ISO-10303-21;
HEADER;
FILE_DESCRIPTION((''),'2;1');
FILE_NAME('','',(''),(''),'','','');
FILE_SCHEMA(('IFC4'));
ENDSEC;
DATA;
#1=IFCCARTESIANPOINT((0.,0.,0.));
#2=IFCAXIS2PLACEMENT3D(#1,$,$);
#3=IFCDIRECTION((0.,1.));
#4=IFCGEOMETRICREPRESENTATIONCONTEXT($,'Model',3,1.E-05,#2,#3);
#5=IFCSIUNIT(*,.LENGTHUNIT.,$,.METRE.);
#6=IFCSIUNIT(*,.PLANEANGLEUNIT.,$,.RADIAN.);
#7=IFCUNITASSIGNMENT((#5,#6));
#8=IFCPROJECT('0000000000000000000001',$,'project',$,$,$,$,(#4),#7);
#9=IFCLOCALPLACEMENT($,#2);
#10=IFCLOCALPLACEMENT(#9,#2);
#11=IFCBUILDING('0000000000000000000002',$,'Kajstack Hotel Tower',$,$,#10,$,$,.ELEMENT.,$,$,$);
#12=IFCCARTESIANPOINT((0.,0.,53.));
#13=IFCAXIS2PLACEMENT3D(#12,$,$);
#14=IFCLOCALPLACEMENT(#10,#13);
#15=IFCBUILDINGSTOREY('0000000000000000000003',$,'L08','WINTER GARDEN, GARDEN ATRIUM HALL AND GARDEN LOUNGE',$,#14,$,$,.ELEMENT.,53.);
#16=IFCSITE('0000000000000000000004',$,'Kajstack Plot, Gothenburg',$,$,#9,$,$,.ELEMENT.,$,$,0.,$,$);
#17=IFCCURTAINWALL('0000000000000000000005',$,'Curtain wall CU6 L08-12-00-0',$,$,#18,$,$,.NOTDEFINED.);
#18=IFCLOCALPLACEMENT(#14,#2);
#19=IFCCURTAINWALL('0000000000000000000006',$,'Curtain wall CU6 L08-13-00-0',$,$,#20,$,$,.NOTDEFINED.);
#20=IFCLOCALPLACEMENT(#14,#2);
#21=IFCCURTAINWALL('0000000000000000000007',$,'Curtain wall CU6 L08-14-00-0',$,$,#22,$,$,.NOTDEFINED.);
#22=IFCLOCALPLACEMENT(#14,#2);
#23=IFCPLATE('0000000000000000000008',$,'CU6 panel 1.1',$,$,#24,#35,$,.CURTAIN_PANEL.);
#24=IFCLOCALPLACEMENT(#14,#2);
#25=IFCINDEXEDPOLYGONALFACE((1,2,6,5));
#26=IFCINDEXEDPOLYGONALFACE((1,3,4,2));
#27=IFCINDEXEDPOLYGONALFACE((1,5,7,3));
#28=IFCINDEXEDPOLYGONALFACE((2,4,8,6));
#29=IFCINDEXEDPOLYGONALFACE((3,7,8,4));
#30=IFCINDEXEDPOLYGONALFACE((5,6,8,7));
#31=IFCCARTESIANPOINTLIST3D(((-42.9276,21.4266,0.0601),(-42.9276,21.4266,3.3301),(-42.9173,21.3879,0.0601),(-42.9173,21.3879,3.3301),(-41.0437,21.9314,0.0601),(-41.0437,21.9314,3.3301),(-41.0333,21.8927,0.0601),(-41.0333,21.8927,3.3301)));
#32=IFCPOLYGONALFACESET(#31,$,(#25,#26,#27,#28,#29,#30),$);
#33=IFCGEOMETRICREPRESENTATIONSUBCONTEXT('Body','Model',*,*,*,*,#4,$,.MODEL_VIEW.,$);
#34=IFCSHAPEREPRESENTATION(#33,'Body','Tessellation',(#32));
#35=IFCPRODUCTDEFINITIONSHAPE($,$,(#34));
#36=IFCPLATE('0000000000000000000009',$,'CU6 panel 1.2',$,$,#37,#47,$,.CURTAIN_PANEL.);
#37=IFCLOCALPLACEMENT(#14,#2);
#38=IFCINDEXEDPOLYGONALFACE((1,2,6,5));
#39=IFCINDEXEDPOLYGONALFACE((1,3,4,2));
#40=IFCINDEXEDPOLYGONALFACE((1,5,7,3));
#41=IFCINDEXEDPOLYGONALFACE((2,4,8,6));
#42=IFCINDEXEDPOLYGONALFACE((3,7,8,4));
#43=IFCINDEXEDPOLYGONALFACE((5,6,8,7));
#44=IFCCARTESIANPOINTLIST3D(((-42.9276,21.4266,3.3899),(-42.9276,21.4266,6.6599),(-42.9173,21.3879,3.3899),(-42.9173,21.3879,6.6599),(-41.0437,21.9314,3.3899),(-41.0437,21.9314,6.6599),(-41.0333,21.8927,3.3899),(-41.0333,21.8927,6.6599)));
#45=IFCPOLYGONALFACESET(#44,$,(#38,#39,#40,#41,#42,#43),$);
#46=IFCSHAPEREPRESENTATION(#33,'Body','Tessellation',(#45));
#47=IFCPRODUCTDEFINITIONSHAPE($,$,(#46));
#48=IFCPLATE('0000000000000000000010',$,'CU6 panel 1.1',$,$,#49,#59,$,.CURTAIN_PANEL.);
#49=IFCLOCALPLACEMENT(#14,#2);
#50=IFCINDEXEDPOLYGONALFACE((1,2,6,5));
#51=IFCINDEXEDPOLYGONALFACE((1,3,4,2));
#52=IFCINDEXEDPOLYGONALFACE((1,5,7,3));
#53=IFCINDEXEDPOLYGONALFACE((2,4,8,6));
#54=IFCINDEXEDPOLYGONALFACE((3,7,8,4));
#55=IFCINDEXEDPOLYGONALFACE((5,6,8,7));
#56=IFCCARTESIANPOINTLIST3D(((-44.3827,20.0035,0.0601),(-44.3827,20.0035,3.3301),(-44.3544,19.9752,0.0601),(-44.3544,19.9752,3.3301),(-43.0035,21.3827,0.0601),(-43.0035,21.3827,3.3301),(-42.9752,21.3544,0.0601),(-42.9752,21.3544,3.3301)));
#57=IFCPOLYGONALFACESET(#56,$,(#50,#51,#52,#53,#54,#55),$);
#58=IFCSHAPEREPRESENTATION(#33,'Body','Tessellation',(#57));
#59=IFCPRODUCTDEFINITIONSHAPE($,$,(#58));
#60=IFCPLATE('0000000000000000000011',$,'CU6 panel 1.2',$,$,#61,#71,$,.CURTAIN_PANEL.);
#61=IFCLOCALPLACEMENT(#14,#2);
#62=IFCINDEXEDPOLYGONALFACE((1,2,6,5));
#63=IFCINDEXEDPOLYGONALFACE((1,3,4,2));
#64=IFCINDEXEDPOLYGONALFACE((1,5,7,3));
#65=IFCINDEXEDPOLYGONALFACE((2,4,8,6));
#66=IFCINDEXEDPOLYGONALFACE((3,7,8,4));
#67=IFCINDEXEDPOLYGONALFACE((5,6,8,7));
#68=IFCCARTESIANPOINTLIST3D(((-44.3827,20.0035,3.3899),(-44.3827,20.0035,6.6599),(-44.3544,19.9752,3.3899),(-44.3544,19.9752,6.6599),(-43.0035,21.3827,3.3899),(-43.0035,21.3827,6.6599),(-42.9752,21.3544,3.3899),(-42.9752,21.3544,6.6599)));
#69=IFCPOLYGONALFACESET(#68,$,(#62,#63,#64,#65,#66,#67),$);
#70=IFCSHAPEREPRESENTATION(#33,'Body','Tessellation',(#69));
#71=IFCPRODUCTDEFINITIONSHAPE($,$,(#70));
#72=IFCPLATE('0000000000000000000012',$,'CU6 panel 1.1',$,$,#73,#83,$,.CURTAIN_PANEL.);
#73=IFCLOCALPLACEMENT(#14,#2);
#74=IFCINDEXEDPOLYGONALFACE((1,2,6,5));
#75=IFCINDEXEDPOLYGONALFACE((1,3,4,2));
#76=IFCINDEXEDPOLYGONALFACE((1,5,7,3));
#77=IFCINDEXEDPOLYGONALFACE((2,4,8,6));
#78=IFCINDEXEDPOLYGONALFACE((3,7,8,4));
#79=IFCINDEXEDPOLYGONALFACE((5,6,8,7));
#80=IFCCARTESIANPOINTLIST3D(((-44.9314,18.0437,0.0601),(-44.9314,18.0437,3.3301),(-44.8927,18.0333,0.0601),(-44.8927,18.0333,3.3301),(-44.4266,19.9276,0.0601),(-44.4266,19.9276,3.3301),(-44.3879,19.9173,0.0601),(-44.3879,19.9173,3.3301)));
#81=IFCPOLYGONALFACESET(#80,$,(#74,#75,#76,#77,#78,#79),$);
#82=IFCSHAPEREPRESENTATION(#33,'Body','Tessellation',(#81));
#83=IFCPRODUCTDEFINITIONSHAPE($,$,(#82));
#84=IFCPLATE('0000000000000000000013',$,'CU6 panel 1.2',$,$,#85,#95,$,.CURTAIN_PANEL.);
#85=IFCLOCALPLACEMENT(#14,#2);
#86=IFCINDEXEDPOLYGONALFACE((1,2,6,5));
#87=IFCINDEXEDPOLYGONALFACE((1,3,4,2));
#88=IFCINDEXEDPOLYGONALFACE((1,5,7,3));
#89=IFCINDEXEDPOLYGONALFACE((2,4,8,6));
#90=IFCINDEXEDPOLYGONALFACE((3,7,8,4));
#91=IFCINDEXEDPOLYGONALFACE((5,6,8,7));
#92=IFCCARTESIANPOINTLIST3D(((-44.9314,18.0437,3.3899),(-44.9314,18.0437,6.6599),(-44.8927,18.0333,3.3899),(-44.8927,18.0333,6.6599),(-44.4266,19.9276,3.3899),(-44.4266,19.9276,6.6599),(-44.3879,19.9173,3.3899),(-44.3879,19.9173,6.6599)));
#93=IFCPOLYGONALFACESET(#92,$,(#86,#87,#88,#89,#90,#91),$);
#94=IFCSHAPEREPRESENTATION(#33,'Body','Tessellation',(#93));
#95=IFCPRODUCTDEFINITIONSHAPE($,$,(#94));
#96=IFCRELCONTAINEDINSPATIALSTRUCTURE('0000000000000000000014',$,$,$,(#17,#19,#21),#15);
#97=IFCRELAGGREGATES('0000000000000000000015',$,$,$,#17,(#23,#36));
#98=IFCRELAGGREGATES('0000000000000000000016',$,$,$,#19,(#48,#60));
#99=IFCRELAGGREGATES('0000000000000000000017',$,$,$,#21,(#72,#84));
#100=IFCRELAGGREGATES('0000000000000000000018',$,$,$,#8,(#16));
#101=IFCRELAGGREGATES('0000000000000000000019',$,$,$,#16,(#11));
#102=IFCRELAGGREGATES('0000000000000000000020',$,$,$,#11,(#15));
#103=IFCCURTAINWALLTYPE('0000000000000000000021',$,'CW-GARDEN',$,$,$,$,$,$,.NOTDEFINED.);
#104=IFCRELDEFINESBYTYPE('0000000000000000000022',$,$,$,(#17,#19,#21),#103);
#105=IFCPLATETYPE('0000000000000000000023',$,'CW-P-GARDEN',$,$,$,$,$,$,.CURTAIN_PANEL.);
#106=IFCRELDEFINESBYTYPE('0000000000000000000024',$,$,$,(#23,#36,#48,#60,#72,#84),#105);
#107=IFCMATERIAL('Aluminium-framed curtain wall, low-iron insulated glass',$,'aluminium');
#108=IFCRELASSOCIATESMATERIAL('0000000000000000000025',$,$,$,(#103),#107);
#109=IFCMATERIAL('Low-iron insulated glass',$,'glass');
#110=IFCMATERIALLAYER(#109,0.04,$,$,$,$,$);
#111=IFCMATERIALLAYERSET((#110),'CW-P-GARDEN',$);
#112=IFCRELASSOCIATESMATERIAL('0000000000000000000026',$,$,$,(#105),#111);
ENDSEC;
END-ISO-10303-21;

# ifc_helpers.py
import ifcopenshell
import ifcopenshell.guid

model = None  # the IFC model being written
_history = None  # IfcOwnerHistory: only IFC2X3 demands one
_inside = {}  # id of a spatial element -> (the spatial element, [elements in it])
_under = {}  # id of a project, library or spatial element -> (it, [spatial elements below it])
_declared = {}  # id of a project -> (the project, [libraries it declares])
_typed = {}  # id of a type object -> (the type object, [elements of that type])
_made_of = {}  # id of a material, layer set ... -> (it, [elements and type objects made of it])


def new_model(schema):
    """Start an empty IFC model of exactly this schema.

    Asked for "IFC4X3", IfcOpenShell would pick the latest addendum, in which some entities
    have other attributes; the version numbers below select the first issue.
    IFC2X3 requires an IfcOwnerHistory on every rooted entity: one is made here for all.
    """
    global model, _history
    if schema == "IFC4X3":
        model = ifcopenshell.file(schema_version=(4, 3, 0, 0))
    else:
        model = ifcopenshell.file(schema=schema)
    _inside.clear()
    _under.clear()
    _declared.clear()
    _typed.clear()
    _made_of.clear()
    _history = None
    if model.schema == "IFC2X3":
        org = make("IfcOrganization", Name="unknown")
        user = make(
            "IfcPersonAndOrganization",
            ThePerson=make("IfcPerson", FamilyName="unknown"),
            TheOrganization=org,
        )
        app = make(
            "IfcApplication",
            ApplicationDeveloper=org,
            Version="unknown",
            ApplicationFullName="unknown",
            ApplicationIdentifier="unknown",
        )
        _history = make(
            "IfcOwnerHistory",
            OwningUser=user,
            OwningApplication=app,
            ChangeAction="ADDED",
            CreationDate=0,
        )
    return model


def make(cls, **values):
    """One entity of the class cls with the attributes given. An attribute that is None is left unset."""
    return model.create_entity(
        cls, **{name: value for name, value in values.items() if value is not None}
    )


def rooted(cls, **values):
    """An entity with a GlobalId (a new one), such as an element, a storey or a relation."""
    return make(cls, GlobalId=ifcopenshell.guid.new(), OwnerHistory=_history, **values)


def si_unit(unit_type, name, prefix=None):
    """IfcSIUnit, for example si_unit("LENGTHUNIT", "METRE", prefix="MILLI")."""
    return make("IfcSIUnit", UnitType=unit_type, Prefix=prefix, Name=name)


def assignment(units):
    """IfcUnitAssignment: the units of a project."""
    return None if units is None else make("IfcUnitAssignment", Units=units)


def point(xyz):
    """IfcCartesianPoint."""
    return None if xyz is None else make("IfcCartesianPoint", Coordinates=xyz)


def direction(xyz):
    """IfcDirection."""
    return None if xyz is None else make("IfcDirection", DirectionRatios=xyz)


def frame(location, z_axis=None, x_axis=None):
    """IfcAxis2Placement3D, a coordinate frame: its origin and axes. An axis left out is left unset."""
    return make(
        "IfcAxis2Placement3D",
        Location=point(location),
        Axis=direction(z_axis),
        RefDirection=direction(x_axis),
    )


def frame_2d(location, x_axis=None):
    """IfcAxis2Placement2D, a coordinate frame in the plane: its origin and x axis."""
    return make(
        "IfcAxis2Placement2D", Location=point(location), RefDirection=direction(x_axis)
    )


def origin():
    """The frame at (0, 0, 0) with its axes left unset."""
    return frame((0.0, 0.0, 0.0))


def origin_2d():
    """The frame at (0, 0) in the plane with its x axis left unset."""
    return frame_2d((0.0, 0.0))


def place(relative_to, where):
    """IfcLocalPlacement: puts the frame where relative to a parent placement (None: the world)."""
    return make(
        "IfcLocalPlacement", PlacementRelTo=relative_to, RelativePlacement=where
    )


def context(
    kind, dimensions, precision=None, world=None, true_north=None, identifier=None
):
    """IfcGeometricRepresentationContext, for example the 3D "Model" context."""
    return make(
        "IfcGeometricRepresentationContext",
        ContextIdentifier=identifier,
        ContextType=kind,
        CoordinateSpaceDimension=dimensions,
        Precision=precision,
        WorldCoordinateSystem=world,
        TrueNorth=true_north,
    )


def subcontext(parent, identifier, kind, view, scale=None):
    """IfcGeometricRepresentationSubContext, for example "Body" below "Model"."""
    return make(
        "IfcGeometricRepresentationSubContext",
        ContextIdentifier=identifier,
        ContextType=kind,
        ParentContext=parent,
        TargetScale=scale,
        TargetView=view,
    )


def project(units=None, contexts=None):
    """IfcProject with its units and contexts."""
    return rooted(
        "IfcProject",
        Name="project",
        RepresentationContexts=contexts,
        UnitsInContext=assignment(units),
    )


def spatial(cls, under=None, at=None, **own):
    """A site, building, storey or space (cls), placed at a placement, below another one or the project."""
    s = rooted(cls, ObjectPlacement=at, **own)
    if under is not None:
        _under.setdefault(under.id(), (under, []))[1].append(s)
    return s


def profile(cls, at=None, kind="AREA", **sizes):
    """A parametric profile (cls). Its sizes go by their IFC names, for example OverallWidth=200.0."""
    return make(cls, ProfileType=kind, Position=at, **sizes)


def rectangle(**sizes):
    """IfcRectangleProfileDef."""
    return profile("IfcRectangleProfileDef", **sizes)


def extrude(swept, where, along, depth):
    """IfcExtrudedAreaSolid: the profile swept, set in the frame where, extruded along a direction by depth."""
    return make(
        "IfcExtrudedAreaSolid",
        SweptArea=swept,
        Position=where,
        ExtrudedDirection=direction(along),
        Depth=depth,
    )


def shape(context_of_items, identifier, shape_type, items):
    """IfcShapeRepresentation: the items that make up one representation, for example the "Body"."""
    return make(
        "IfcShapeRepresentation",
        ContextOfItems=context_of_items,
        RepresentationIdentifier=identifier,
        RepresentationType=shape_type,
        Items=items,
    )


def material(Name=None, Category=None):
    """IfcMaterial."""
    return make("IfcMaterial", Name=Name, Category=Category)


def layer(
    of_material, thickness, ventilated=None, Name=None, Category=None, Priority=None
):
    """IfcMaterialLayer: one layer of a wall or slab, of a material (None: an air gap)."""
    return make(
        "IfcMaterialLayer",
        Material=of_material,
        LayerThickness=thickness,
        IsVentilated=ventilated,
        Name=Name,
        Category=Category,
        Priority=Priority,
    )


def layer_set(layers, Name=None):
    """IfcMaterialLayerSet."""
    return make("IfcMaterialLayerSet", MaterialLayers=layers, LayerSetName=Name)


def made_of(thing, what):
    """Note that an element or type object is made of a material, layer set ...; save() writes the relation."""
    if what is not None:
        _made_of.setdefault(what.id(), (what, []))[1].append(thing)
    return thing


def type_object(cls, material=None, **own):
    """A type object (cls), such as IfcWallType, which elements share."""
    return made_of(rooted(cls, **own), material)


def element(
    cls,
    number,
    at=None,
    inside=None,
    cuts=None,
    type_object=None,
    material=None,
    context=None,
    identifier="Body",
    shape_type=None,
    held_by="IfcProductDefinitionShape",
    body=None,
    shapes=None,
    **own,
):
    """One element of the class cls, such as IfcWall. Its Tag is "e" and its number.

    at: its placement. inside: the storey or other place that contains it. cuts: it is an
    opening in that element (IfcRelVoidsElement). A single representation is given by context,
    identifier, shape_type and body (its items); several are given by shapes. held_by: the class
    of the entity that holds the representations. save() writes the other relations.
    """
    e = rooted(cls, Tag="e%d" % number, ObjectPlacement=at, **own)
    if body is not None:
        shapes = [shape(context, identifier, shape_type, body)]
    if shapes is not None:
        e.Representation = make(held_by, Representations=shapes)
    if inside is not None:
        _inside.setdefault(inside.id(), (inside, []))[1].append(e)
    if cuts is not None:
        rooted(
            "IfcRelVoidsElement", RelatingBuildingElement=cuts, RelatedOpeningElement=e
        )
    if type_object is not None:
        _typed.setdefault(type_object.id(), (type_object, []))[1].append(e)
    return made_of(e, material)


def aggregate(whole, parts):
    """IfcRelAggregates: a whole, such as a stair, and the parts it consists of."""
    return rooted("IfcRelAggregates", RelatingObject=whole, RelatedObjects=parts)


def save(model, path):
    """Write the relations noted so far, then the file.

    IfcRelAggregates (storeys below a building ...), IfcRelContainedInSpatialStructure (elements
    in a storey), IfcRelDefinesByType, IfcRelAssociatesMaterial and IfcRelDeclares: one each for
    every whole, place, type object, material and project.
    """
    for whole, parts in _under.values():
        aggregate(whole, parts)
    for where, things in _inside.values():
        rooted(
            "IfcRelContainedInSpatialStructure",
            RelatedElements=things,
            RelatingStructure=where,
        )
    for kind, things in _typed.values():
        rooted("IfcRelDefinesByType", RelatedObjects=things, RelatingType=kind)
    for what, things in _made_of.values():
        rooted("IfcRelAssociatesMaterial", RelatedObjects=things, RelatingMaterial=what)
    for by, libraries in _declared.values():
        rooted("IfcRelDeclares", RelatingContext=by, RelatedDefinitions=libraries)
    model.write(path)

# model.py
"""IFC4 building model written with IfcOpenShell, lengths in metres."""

from ifc_helpers import new_model, si_unit, direction, frame, origin, origin_2d, place, context, subcontext, project, spatial, rectangle, extrude, material, layer, layer_set, type_object, element, aggregate, save


model = new_model("IFC4")

# Units and contexts
model_context = context("Model", 3, precision=1e-05, world=origin(), true_north=direction((0.0, 1.0)))
body_context = subcontext(model_context, "Body", "Model", "MODEL_VIEW")
ifc_project = project(units=[si_unit("LENGTHUNIT", "METRE"), si_unit("PLANEANGLEUNIT", "RADIAN")], contexts=[model_context])

# Site, building, storey
site_placement = place(None, origin())
site = spatial("IfcSite", under=ifc_project, at=site_placement, Name="Kajstack Plot, Gothenburg", CompositionType="ELEMENT", RefElevation=0.0)
building_placement = place(site_placement, origin())
building = spatial("IfcBuilding", under=site, at=building_placement, Name="Kajstack Hotel Tower", CompositionType="ELEMENT")
storey_placement = place(building_placement, frame((0.0, 0.0, 53.0)))
storey = spatial("IfcBuildingStorey", under=building, at=storey_placement, Name="L08", Description="WINTER GARDEN, GARDEN ATRIUM HALL AND GARDEN LOUNGE", CompositionType="ELEMENT", Elevation=53.0)

# Curtain walls
ifc_material_1 = material(Name="Aluminium-framed curtain wall, low-iron insulated glass", Category="aluminium")
curtain_wall_type = type_object("IfcCurtainWallType", Name="CW-GARDEN", PredefinedType="NOTDEFINED", material=ifc_material_1)
curtain_wall_1_placement = place(storey_placement, origin())
curtain_wall_1 = element("IfcCurtainWall", 1, at=curtain_wall_1_placement, inside=storey, type_object=curtain_wall_type, Name="Curtain wall CU6 L08-12-00-0", PredefinedType="NOTDEFINED")
curtain_wall_2_placement = place(storey_placement, origin())
curtain_wall_2 = element("IfcCurtainWall", 2, at=curtain_wall_2_placement, inside=storey, type_object=curtain_wall_type, Name="Curtain wall CU6 L08-13-00-0", PredefinedType="NOTDEFINED")
curtain_wall_3_placement = place(storey_placement, origin())
curtain_wall_3 = element("IfcCurtainWall", 3, at=curtain_wall_3_placement, inside=storey, type_object=curtain_wall_type, Name="Curtain wall CU6 L08-14-00-0", PredefinedType="NOTDEFINED")

# Plates
ifc_material_2 = material(Name="Low-iron insulated glass", Category="glass")
ifc_layer = layer(ifc_material_2, 0.04)
ifc_layer_set = layer_set([ifc_layer], Name="CW-P-GARDEN")
plate_type = type_object("IfcPlateType", Name="CW-P-GARDEN", PredefinedType="CURTAIN_PANEL", material=ifc_layer_set)
plate_1_placement = place(storey_placement, frame((-41.9805, 21.6597, 0.0601), z_axis=(0.0, 0.0, 1.0), x_axis=(-0.965926, -0.25882, 0.0)))
plate_1 = element("IfcPlate", 4, at=plate_1_placement, type_object=plate_type, Name="CU6 panel 1.1", PredefinedType="CURTAIN_PANEL", context=body_context, shape_type="SweptSolid", body=[
    extrude(rectangle(XDim=1.9504, YDim=0.04, at=origin_2d()), origin(), (0.0, 0.0, 1.0), 3.27),
])
plate_2_placement = place(storey_placement, frame((-41.9805, 21.6597, 3.3899), z_axis=(0.0, 0.0, 1.0), x_axis=(-0.965926, -0.25882, 0.0)))
plate_2 = element("IfcPlate", 5, at=plate_2_placement, type_object=plate_type, Name="CU6 panel 1.2", PredefinedType="CURTAIN_PANEL", context=body_context, shape_type="SweptSolid", body=[
    extrude(rectangle(XDim=1.9504, YDim=0.04, at=origin_2d()), origin(), (0.0, 0.0, 1.0), 3.27),
])
aggregate(curtain_wall_1, [plate_1, plate_2])
plate_3_placement = place(storey_placement, frame((-43.679, 20.679, 0.0601), z_axis=(0.0, 0.0, 1.0), x_axis=(-0.707107, -0.707107, 0.0)))
plate_3 = element("IfcPlate", 6, at=plate_3_placement, type_object=plate_type, Name="CU6 panel 1.1", PredefinedType="CURTAIN_PANEL", context=body_context, shape_type="SweptSolid", body=[
    extrude(rectangle(XDim=1.9504, YDim=0.04, at=origin_2d()), origin(), (0.0, 0.0, 1.0), 3.27),
])
plate_4_placement = place(storey_placement, frame((-43.679, 20.679, 3.3899), z_axis=(0.0, 0.0, 1.0), x_axis=(-0.707107, -0.707107, 0.0)))
plate_4 = element("IfcPlate", 7, at=plate_4_placement, type_object=plate_type, Name="CU6 panel 1.2", PredefinedType="CURTAIN_PANEL", context=body_context, shape_type="SweptSolid", body=[
    extrude(rectangle(XDim=1.9504, YDim=0.04, at=origin_2d()), origin(), (0.0, 0.0, 1.0), 3.27),
])
aggregate(curtain_wall_2, [plate_3, plate_4])
plate_5_placement = place(storey_placement, frame((-44.6597, 18.9805, 0.0601), z_axis=(0.0, 0.0, 1.0), x_axis=(-0.25882, -0.965926, 0.0)))
plate_5 = element("IfcPlate", 8, at=plate_5_placement, type_object=plate_type, Name="CU6 panel 1.1", PredefinedType="CURTAIN_PANEL", context=body_context, shape_type="SweptSolid", body=[
    extrude(rectangle(XDim=1.9504, YDim=0.04, at=origin_2d()), origin(), (0.0, 0.0, 1.0), 3.27),
])
plate_6_placement = place(storey_placement, frame((-44.6597, 18.9805, 3.3899), z_axis=(0.0, 0.0, 1.0), x_axis=(-0.25882, -0.965926, 0.0)))
plate_6 = element("IfcPlate", 9, at=plate_6_placement, type_object=plate_type, Name="CU6 panel 1.2", PredefinedType="CURTAIN_PANEL", context=body_context, shape_type="SweptSolid", body=[
    extrude(rectangle(XDim=1.9504, YDim=0.04, at=origin_2d()), origin(), (0.0, 0.0, 1.0), 3.27),
])
aggregate(curtain_wall_3, [plate_5, plate_6])

save(model, "model.ifc")
